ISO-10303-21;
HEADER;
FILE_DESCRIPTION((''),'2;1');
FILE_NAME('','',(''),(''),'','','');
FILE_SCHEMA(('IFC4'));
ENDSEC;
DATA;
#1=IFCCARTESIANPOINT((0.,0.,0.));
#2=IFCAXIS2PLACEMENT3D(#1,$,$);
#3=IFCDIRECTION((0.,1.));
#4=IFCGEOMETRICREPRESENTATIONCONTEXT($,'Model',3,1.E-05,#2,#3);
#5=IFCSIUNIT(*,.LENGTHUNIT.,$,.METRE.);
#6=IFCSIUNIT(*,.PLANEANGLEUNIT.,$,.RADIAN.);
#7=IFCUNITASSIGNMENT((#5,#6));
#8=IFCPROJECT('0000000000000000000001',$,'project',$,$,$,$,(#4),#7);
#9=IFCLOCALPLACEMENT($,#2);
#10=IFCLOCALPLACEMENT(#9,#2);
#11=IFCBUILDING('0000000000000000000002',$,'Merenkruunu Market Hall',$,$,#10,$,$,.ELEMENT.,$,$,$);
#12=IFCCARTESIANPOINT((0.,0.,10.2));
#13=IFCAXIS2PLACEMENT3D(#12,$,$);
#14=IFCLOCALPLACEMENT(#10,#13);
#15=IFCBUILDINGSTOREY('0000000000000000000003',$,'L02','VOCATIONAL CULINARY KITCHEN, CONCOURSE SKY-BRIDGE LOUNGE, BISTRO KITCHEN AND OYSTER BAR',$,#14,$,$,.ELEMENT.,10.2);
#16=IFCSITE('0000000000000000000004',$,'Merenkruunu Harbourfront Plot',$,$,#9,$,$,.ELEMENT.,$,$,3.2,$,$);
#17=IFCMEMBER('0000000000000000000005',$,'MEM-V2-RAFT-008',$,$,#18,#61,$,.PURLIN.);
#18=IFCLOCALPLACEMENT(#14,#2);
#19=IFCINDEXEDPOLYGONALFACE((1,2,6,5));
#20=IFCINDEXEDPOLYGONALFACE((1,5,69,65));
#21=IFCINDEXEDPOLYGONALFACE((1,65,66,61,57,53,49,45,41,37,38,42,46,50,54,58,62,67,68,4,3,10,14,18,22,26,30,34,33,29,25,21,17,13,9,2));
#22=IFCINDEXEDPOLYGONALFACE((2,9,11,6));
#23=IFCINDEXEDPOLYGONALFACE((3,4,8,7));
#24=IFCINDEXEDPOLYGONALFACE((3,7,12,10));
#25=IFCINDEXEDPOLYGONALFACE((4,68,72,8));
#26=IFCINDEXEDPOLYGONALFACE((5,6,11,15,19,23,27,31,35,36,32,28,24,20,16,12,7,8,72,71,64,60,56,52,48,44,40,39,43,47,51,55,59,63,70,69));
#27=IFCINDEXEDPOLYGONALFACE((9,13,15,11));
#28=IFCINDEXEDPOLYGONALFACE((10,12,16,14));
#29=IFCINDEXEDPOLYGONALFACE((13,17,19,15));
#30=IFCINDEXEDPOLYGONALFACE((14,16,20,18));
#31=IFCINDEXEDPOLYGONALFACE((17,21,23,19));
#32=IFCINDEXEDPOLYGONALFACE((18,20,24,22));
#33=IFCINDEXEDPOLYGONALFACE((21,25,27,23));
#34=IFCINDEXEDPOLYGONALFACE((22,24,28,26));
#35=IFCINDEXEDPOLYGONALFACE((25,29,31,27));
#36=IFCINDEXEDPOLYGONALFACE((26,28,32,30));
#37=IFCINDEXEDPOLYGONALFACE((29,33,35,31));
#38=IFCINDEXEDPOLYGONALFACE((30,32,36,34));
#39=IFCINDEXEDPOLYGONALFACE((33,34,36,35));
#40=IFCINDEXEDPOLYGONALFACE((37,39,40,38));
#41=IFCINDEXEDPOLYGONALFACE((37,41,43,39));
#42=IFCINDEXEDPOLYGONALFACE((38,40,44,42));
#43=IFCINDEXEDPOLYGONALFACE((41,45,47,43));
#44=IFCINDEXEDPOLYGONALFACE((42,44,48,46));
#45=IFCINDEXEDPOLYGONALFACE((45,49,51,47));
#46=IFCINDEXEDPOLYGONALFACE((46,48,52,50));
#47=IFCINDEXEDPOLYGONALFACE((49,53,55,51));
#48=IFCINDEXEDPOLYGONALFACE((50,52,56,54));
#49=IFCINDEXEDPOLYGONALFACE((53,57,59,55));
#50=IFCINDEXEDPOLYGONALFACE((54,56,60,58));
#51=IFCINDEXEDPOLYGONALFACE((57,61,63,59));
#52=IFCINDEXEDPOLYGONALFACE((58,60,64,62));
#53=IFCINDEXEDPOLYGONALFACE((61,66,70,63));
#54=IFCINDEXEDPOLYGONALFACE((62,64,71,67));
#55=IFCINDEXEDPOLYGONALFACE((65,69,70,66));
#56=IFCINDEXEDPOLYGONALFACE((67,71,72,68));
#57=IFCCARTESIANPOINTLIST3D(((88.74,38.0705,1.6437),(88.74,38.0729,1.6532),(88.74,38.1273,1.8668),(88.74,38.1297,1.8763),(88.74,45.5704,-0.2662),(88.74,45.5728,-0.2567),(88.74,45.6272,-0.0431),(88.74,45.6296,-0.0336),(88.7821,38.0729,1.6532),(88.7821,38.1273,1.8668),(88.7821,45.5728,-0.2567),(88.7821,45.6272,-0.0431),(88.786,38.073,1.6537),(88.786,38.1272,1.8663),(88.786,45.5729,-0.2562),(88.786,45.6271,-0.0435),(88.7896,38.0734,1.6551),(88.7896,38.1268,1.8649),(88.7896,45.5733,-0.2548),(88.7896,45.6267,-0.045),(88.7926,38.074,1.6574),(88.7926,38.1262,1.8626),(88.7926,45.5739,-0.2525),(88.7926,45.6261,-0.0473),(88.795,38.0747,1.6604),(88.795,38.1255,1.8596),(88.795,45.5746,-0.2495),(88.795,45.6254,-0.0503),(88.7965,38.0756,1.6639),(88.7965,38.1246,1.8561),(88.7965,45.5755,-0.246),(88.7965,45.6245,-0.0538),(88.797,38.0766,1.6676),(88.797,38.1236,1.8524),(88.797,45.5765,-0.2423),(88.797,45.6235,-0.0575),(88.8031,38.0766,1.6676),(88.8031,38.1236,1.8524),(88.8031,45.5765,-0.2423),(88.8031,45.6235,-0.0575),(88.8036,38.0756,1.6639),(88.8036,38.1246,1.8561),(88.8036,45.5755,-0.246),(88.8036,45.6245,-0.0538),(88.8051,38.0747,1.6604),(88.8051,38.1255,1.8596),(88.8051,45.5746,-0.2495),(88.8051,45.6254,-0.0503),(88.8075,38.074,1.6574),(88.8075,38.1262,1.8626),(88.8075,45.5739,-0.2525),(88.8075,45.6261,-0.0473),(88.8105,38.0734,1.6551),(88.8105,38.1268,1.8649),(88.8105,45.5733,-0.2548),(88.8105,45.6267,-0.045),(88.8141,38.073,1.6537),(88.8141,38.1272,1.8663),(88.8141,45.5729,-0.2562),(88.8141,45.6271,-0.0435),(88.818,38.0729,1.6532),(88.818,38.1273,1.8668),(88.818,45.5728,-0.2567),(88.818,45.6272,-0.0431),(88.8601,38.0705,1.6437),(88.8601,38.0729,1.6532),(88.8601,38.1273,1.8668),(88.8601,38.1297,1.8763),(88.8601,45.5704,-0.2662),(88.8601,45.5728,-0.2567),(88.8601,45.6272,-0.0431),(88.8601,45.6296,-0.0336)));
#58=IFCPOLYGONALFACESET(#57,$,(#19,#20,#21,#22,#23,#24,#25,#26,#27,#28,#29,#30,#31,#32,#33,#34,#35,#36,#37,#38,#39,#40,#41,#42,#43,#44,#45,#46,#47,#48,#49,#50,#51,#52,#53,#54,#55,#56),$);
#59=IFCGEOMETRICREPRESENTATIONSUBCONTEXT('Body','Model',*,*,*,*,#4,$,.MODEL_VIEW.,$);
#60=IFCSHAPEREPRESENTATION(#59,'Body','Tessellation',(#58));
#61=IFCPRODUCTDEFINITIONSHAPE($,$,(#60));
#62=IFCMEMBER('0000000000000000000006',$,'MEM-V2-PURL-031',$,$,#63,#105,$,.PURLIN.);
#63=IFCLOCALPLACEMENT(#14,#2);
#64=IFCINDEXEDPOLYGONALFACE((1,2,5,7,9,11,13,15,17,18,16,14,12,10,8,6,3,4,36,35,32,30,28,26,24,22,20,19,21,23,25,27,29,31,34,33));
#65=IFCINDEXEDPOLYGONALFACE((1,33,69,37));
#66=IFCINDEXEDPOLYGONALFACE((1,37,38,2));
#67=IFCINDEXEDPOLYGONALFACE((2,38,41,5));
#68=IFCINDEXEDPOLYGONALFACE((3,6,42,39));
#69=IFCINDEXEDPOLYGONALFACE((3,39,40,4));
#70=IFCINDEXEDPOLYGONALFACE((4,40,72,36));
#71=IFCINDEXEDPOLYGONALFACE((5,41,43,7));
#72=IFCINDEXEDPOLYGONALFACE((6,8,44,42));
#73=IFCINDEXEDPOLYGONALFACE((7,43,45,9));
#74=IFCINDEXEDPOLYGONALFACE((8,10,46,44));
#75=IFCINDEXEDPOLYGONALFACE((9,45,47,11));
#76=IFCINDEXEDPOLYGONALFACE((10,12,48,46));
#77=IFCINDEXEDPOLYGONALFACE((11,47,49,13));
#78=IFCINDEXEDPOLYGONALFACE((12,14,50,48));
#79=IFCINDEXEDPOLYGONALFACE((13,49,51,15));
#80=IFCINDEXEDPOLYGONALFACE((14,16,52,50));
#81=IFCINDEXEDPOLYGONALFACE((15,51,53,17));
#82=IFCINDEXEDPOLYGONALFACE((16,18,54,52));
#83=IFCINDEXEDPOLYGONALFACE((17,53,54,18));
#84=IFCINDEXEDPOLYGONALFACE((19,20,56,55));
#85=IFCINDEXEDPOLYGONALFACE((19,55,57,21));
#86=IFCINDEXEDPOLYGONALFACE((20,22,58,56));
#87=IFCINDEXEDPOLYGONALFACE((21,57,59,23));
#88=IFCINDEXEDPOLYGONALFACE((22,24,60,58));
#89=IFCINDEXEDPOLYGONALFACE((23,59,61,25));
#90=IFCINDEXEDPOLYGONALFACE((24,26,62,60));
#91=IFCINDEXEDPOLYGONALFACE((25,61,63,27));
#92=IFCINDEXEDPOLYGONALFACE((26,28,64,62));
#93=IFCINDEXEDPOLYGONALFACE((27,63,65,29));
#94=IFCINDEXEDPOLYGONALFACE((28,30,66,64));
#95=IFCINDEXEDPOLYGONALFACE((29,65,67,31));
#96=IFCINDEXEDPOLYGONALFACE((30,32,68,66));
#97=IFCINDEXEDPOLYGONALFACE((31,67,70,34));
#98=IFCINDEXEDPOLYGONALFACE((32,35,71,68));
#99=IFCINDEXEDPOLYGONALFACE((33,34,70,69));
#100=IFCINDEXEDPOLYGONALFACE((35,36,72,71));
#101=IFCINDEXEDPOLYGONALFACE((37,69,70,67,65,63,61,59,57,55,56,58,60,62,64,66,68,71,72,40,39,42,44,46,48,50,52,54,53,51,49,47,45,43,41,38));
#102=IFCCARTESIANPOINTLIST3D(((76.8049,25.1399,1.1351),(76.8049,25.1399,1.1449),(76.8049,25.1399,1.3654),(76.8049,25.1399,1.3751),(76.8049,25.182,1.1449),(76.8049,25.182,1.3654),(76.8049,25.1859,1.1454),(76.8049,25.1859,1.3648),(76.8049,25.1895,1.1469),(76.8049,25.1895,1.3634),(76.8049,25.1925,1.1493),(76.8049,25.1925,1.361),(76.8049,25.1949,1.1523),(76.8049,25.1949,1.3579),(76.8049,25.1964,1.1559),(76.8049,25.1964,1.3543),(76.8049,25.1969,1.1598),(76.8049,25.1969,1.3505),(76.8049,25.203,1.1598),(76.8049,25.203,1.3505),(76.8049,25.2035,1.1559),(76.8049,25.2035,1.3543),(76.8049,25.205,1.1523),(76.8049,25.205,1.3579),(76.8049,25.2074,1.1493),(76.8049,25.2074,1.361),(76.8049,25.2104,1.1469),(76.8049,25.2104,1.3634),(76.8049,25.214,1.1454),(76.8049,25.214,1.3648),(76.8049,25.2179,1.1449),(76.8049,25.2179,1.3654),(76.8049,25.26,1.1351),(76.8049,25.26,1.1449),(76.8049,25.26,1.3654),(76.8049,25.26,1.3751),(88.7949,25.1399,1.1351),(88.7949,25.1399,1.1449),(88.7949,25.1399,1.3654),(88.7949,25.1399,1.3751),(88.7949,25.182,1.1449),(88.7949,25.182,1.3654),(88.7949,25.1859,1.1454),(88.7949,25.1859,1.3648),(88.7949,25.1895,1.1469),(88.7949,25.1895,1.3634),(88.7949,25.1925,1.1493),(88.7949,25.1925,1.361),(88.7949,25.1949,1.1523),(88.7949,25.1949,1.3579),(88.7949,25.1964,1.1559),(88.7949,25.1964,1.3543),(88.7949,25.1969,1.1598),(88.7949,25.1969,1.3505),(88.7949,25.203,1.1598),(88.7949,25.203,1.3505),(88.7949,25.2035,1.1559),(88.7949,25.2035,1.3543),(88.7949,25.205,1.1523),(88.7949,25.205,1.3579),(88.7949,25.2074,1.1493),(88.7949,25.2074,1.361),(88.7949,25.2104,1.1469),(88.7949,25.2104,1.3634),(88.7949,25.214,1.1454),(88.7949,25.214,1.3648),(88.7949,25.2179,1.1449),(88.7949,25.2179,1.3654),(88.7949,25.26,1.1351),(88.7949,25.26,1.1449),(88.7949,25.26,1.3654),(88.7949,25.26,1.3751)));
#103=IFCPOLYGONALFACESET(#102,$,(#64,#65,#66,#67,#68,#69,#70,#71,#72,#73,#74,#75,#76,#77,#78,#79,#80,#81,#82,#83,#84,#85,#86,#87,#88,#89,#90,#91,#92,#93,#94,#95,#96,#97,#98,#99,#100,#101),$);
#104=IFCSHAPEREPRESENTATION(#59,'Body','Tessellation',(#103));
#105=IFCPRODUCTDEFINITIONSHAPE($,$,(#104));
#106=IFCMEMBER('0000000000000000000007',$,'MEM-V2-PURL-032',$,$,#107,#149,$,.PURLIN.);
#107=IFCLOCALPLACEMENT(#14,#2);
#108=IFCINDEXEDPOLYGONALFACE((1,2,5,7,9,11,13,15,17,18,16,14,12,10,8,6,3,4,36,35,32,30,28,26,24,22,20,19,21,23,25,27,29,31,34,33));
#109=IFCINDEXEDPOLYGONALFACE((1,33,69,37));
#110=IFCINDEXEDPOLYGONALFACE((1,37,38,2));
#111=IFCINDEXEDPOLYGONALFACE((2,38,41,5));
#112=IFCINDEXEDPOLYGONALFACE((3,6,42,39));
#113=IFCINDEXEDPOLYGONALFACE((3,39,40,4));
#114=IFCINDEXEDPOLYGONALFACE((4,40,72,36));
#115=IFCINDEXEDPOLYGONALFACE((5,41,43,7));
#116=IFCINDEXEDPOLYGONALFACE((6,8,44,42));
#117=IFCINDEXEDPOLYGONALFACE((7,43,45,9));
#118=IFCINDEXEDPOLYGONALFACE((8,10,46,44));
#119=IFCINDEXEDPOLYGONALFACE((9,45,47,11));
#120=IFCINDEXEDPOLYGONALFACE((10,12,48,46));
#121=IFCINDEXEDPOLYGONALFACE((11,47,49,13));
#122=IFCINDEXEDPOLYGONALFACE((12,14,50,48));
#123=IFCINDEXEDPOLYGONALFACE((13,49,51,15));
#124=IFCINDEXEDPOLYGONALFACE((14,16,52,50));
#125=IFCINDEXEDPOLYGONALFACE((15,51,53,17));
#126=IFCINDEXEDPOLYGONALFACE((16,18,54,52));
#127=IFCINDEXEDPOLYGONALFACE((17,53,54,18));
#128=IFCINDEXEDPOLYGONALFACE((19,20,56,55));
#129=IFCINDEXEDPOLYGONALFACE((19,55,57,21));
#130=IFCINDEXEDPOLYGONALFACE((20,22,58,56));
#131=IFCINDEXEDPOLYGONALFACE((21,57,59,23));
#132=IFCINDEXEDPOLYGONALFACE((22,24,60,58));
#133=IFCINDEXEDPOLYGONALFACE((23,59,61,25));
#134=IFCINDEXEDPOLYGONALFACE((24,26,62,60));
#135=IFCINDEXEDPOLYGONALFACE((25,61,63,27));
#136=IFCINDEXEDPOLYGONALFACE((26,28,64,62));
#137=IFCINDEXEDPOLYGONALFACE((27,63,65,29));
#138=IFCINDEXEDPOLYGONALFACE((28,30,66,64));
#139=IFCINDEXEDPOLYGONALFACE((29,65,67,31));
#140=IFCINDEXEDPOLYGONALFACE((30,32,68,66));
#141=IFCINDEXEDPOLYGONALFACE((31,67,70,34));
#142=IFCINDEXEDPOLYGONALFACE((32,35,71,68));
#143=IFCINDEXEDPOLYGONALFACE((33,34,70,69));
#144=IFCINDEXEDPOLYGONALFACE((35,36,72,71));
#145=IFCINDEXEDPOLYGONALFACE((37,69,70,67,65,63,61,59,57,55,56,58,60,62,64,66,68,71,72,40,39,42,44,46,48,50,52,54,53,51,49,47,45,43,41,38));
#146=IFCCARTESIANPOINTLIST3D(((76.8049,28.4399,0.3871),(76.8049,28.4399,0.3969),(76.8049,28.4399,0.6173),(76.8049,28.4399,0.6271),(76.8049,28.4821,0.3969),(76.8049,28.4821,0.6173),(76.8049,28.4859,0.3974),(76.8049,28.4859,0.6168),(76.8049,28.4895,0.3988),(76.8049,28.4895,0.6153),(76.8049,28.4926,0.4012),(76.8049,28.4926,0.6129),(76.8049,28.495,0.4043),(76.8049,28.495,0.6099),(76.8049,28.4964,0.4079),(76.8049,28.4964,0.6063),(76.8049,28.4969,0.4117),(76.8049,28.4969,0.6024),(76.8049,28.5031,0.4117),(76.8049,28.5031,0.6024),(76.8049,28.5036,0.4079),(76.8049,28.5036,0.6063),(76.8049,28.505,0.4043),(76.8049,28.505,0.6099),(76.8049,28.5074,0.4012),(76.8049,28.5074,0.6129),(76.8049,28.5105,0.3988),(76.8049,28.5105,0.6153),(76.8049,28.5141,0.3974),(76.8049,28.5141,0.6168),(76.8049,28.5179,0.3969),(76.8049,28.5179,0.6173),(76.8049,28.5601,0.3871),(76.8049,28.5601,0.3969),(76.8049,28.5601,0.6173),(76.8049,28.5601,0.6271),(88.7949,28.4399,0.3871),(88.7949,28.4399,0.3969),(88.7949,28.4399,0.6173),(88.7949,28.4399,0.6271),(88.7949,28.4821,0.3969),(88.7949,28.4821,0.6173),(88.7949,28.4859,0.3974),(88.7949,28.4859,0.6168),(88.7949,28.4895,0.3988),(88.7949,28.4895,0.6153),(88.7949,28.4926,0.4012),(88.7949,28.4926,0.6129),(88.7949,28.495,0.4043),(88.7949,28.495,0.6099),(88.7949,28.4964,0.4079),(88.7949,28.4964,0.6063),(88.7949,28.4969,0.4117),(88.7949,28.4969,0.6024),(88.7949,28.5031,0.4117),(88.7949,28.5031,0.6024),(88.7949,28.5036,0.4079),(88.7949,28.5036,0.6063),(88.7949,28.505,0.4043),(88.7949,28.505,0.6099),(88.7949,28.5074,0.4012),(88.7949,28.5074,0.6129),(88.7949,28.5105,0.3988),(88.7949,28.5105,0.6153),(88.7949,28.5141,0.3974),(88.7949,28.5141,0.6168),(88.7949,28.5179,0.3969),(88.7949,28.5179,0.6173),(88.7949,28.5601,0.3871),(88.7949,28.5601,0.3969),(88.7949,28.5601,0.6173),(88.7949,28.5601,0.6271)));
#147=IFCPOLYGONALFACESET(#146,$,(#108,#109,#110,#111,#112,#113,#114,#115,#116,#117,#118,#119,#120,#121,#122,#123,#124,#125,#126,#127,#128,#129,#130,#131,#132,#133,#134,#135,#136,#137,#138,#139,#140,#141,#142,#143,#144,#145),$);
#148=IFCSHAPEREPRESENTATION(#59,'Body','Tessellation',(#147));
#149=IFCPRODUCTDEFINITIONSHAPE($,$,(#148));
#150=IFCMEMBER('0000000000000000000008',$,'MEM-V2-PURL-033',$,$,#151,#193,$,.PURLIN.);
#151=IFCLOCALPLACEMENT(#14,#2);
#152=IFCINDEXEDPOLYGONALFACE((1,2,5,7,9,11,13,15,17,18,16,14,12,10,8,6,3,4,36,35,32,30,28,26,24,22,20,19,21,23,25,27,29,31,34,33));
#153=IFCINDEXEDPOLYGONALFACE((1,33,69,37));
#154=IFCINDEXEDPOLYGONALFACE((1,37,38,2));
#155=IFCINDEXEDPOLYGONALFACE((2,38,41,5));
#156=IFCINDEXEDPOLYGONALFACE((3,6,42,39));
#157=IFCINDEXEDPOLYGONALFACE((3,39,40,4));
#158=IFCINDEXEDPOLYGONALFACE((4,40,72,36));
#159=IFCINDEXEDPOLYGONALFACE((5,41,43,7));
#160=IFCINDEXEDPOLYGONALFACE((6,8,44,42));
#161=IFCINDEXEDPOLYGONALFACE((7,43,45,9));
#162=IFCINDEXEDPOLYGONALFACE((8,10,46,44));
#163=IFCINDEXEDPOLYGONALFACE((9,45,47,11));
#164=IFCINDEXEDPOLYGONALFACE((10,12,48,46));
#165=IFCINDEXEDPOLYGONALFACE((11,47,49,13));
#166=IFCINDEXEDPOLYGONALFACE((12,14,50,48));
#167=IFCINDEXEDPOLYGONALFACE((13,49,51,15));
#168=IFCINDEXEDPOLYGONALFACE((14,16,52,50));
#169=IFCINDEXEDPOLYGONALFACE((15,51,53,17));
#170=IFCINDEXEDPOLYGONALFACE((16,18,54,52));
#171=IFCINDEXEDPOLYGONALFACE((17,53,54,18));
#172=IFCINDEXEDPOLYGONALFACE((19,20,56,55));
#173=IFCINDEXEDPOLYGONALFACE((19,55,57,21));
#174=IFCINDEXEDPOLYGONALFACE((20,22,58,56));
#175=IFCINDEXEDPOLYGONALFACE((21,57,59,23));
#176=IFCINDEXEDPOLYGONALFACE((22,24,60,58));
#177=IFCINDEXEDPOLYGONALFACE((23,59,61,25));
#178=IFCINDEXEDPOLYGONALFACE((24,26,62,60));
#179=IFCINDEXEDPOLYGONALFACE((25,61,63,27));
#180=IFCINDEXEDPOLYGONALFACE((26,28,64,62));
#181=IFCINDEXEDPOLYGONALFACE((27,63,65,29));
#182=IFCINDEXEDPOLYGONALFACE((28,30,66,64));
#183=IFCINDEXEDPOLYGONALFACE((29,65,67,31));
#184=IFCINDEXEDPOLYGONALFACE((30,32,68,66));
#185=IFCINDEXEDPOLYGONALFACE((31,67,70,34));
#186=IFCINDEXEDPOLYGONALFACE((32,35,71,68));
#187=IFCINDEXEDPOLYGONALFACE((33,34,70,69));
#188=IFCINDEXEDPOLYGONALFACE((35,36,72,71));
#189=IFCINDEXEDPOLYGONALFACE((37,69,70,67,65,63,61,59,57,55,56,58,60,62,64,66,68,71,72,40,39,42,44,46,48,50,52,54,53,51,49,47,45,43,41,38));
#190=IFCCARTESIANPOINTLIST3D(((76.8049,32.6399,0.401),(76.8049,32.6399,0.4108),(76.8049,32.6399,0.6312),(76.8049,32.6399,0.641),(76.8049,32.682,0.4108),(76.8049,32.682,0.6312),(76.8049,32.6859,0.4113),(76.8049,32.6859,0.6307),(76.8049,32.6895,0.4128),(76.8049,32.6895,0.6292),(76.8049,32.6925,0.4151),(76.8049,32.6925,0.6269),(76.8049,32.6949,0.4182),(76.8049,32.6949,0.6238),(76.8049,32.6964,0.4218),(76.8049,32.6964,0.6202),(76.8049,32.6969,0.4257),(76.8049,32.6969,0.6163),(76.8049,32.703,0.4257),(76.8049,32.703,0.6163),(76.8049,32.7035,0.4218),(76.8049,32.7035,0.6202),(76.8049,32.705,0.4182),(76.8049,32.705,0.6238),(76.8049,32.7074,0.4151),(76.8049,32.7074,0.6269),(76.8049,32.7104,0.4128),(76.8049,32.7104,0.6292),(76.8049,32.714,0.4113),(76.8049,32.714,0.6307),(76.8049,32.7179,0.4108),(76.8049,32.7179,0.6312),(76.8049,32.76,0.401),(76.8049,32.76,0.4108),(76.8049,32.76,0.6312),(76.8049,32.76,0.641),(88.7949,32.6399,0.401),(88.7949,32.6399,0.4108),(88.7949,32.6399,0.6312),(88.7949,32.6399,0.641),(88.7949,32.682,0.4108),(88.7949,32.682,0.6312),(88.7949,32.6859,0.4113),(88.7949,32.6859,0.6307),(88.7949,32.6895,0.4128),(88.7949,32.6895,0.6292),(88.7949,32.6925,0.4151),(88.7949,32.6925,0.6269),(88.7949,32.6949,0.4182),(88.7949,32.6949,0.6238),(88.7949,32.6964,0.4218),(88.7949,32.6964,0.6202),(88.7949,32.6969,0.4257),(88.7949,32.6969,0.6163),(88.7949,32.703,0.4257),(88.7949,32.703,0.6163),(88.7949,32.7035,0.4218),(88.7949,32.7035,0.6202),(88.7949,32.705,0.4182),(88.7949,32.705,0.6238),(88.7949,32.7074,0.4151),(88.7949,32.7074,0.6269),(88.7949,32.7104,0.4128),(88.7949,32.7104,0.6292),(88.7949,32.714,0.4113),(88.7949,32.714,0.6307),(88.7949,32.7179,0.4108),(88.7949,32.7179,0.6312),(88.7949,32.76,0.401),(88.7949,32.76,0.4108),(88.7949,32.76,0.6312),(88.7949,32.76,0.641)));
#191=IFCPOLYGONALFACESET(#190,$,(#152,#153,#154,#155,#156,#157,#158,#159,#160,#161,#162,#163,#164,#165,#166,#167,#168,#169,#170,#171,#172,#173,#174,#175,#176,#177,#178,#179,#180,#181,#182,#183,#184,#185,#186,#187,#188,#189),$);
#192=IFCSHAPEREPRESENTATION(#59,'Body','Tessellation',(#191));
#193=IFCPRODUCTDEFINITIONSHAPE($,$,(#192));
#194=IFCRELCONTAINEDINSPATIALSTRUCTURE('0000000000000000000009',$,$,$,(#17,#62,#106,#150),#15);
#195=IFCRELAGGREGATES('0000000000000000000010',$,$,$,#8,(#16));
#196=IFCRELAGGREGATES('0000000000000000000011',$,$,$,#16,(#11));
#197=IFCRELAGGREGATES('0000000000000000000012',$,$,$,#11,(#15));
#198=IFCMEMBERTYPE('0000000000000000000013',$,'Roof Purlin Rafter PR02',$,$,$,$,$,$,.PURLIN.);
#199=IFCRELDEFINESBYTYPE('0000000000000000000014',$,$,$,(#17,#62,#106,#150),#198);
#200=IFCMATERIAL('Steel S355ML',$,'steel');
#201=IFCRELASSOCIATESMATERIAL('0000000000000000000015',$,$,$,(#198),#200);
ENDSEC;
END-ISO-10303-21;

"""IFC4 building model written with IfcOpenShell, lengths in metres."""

from ifc_helpers import new_model, si_unit, direction, frame, origin, origin_2d, place, context, subcontext, project, spatial, i_section, extrude, material, material_profile, profile_set, type_object, element, save


model = new_model("IFC4")

# Units and contexts
model_context = context("Model", 3, precision=1e-05, world=origin(), true_north=direction((0.0, 1.0)))
body_context = subcontext(model_context, "Body", "Model", "MODEL_VIEW")
ifc_project = project(units=[si_unit("LENGTHUNIT", "METRE"), si_unit("PLANEANGLEUNIT", "RADIAN")], contexts=[model_context])

# Site, building, storey
site_placement = place(None, origin())
site = spatial("IfcSite", under=ifc_project, at=site_placement, Name="Merenkruunu Harbourfront Plot", CompositionType="ELEMENT", RefElevation=3.2)
building_placement = place(site_placement, origin())
building = spatial("IfcBuilding", under=site, at=building_placement, Name="Merenkruunu Market Hall", CompositionType="ELEMENT")
storey_placement = place(building_placement, frame((0.0, 0.0, 10.2)))
storey = spatial("IfcBuildingStorey", under=building, at=storey_placement, Name="L02", Description="VOCATIONAL CULINARY KITCHEN, CONCOURSE SKY-BRIDGE LOUNGE, BISTRO KITCHEN AND OYSTER BAR", CompositionType="ELEMENT", Elevation=10.2)

# Shared definitions
ifc_material_1 = material(Name="Steel S355ML", Category="steel")

# Members
ifc_material_profile_1 = material_profile(ifc_material_1, i_section(OverallWidth=0.1201, OverallDepth=0.24, WebThickness=0.0061, FlangeThickness=0.0098, FilletRadius=0.0149, at=origin_2d()), Name="IPE 240")
ifc_profile_set_1 = profile_set([ifc_material_profile_1], Name="Steel S355ML")
member_type = type_object("IfcMemberType", Name="Roof Purlin Rafter PR02", PredefinedType="PURLIN", material=ifc_profile_set_1)
for number, where, z_axis, x_axis, name in (
    (1, (88.8, 38.1001, 1.76), (0.0, 0.969072, -0.246779), (-1.0, 0.0, 0.0), "MEM-V2-RAFT-008"),
):
    element("IfcMember", number, at=place(storey_placement, frame(where, z_axis=z_axis, x_axis=x_axis)), inside=storey, type_object=member_type, Name=name, PredefinedType="PURLIN", context=body_context, shape_type="SweptSolid", body=[
        extrude(i_section(OverallWidth=0.1201, OverallDepth=0.24, WebThickness=0.0061, FlangeThickness=0.0098, FilletRadius=0.0149, at=origin_2d()), origin(), (0.0, 0.0, 1.0), 7.7393),
    ])
for number, where, z_axis, x_axis, name in (
    (2, (76.8049, 25.2, 1.2551), (1.0, 0.0, 0.0), (0.0, 1.0, 0.0), "MEM-V2-PURL-031"),
    (3, (76.8049, 28.5, 0.5071), (1.0, 0.0, 0.0), (0.0, 1.0, 0.0), "MEM-V2-PURL-032"),
    (4, (76.8049, 32.7, 0.521), (1.0, 0.0, 0.0), (0.0, 1.0, 0.0), "MEM-V2-PURL-033"),
):
    element("IfcMember", number, at=place(storey_placement, frame(where, z_axis=z_axis, x_axis=x_axis)), inside=storey, type_object=member_type, Name=name, PredefinedType="PURLIN", context=body_context, shape_type="SweptSolid", body=[
        extrude(i_section(OverallWidth=0.1201, OverallDepth=0.24, WebThickness=0.0061, FlangeThickness=0.0098, FilletRadius=0.0149, at=origin_2d()), origin(), (0.0, 0.0, 1.0), 11.99),
    ])

save(model, "model.ifc")
